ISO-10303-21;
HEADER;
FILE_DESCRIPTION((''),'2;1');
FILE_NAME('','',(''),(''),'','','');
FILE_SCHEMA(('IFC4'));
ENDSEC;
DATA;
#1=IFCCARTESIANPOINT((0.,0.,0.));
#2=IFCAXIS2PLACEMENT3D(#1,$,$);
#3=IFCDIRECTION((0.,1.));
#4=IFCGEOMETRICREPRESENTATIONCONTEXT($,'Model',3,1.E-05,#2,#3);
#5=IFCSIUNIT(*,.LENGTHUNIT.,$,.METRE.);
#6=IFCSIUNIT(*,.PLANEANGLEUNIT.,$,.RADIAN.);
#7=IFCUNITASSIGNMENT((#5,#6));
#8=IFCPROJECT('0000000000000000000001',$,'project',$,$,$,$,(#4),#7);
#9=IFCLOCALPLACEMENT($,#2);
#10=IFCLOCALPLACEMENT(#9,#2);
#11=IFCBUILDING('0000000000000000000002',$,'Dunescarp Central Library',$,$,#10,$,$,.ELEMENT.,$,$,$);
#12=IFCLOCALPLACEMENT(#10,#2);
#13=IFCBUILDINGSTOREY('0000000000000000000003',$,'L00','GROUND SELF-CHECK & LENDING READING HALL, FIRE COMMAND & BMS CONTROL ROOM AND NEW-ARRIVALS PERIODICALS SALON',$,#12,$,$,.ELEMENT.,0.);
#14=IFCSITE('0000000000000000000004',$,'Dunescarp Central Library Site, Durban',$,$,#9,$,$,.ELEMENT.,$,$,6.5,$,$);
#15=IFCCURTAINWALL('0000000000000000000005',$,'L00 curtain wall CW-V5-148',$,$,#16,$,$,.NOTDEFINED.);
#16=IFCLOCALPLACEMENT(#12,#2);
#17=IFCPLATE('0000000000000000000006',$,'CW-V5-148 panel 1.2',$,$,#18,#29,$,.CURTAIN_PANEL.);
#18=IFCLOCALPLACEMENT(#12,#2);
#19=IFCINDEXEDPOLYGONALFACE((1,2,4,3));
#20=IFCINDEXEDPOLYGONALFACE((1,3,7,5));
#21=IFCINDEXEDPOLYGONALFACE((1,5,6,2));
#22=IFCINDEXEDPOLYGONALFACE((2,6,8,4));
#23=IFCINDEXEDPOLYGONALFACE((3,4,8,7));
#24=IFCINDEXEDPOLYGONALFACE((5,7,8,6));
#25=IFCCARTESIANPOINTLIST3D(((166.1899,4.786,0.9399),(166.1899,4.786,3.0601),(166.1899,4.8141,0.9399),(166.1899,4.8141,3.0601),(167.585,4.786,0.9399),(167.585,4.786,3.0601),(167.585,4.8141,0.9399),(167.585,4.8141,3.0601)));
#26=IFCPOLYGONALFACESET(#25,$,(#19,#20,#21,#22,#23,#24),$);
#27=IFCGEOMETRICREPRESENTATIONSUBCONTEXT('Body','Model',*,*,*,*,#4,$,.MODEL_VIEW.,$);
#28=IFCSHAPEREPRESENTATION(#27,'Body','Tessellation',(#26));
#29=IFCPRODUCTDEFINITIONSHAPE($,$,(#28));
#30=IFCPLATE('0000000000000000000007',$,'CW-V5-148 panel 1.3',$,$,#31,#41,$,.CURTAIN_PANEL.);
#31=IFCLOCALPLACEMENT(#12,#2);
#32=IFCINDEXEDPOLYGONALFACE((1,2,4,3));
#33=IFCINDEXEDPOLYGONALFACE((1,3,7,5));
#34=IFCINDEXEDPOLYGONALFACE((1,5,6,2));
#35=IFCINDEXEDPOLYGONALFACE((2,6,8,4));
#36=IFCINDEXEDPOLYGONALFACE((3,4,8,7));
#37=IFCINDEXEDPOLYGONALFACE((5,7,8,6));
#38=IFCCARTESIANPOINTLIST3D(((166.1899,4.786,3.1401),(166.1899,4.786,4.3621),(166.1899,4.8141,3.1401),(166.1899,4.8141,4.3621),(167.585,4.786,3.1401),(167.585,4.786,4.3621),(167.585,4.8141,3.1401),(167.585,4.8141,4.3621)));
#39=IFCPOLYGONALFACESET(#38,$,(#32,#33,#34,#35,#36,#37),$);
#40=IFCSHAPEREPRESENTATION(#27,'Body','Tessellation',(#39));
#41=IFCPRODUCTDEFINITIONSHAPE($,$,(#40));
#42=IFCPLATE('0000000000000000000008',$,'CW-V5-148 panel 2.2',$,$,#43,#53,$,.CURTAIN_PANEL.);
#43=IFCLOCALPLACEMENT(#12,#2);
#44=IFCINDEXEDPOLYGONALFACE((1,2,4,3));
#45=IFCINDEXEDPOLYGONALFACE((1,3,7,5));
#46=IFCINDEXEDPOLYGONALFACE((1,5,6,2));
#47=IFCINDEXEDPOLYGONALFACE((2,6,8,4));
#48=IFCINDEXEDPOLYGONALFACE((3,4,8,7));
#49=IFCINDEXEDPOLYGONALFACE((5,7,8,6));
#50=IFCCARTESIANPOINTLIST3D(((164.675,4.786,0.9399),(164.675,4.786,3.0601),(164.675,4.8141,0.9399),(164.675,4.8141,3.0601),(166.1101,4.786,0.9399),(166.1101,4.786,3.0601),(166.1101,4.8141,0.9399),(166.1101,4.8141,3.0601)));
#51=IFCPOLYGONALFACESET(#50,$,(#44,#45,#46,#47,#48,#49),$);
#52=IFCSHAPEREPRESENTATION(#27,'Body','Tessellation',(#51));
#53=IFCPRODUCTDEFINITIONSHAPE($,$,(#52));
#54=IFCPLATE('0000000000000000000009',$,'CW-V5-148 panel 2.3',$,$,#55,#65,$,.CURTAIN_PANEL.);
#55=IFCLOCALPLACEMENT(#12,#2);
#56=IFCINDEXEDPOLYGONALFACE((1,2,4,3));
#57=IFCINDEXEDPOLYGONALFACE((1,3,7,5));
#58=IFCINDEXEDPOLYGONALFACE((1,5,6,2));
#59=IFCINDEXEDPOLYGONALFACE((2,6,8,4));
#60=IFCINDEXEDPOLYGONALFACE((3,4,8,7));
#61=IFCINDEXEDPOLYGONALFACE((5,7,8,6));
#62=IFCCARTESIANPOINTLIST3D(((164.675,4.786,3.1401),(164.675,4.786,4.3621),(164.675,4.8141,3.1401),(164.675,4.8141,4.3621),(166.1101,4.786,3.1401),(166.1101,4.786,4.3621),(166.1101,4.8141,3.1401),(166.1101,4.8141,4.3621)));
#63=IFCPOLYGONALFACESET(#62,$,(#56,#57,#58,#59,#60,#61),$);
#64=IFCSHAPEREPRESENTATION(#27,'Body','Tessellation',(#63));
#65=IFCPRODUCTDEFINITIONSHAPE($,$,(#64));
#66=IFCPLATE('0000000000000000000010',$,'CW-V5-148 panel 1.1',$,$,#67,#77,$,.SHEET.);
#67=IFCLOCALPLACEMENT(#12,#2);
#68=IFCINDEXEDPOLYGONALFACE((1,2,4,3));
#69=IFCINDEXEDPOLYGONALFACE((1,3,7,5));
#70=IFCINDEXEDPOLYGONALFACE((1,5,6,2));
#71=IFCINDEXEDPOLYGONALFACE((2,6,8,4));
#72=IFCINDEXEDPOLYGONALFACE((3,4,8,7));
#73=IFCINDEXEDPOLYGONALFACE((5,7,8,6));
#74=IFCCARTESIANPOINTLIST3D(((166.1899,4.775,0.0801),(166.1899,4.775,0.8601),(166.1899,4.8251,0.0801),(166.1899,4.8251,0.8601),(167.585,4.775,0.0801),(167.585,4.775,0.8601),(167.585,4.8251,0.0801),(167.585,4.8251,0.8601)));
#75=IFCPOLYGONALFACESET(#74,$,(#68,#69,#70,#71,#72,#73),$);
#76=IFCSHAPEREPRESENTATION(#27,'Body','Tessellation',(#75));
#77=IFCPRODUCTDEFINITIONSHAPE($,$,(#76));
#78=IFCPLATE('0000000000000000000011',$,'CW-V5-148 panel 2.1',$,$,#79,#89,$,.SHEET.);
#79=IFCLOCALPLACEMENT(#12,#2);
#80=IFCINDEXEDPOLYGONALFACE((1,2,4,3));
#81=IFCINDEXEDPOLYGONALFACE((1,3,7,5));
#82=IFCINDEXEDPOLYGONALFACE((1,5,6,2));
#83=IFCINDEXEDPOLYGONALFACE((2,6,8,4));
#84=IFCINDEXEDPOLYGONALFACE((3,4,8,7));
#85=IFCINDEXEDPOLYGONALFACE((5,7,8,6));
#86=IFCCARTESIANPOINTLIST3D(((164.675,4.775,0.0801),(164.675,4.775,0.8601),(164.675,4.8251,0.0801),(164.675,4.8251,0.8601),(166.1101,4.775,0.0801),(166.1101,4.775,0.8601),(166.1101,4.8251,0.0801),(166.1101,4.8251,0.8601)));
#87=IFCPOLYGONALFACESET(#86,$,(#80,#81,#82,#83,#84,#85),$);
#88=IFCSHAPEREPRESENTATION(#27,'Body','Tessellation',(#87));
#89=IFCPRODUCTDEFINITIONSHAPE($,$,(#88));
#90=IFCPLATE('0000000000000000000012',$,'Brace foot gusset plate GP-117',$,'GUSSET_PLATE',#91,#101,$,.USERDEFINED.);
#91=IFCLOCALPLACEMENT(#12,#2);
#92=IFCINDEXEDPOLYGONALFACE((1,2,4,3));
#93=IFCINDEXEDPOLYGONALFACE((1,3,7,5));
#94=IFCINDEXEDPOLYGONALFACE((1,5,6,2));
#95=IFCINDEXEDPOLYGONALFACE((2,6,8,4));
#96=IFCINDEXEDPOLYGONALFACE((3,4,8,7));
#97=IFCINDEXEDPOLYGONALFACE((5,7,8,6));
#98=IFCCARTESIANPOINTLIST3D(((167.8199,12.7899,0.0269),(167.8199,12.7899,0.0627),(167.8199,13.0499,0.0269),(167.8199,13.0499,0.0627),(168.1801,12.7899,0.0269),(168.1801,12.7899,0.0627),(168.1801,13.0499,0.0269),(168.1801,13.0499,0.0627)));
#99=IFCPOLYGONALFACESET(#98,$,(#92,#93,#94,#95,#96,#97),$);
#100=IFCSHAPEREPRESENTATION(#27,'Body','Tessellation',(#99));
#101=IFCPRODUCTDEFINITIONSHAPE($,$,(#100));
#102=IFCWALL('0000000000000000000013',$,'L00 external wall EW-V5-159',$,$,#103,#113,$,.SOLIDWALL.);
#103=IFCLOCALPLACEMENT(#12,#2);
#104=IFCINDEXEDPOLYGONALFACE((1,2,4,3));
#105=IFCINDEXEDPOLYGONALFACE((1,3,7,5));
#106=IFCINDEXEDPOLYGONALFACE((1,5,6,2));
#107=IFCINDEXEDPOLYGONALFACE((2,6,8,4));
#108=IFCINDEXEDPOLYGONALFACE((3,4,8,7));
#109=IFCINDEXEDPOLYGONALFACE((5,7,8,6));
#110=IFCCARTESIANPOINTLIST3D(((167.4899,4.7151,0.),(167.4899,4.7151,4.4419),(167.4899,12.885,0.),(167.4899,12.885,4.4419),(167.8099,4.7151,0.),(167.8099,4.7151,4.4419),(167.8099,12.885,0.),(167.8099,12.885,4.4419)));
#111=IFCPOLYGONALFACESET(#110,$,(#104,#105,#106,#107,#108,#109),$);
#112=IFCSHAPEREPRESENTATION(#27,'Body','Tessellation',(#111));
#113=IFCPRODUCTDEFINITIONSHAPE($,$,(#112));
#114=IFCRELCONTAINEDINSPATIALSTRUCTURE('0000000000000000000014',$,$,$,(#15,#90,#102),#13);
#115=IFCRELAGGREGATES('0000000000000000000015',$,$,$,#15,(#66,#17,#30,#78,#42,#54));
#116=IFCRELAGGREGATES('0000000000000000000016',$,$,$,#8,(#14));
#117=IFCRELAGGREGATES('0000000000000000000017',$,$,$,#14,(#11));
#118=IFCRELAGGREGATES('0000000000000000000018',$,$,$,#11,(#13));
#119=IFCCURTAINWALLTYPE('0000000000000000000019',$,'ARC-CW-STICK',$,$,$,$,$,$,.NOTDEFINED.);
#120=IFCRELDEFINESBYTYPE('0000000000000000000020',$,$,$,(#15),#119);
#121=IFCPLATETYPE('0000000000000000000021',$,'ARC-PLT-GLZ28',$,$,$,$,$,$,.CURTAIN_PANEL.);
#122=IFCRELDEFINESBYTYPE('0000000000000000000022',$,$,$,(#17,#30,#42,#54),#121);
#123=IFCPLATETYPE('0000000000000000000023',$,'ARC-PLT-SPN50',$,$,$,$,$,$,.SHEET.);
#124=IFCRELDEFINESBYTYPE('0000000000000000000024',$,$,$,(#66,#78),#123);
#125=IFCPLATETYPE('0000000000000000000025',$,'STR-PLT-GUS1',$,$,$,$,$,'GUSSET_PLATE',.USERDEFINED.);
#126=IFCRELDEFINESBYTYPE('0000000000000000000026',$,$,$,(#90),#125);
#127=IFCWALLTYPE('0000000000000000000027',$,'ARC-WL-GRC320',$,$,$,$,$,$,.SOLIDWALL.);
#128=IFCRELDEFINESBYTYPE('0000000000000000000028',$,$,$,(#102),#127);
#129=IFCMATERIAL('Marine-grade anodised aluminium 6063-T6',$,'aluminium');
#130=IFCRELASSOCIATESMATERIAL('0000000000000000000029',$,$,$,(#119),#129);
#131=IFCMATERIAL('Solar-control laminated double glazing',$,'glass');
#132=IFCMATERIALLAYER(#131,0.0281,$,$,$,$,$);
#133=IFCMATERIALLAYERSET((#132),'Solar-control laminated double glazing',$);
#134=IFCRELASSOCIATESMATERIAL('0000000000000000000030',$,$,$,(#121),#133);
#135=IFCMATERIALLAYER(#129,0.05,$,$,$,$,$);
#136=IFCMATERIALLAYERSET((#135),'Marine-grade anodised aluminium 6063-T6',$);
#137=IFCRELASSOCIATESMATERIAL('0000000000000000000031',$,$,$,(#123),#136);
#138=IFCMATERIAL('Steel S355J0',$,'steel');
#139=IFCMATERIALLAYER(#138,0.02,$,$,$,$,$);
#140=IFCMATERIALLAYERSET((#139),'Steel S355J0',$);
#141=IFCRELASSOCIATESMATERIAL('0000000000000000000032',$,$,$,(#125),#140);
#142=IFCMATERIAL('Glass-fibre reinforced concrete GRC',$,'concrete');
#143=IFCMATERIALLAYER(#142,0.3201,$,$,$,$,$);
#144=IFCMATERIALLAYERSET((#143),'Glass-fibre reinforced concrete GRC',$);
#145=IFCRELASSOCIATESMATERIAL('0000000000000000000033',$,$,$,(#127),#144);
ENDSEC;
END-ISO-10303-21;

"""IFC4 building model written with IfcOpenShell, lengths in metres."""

from ifc_helpers import new_model, si_unit, direction, frame, frame_2d, origin, origin_2d, place, context, subcontext, project, spatial, rectangle, extrude, material, layer, layer_set, type_object, element, aggregate, save


model = new_model("IFC4")

# Units and contexts
model_context = context("Model", 3, precision=1e-05, world=origin(), true_north=direction((0.0, 1.0)))
body_context = subcontext(model_context, "Body", "Model", "MODEL_VIEW")
ifc_project = project(units=[si_unit("LENGTHUNIT", "METRE"), si_unit("PLANEANGLEUNIT", "RADIAN")], contexts=[model_context])

# Site, building, storey
site_placement = place(None, origin())
site = spatial("IfcSite", under=ifc_project, at=site_placement, Name="Dunescarp Central Library Site, Durban", CompositionType="ELEMENT", RefElevation=6.5)
building_placement = place(site_placement, origin())
building = spatial("IfcBuilding", under=site, at=building_placement, Name="Dunescarp Central Library", CompositionType="ELEMENT")
storey_placement = place(building_placement, origin())
storey = spatial("IfcBuildingStorey", under=building, at=storey_placement, Name="L00", Description="GROUND SELF-CHECK & LENDING READING HALL, FIRE COMMAND & BMS CONTROL ROOM AND NEW-ARRIVALS PERIODICALS SALON", CompositionType="ELEMENT", Elevation=0.0)

# Curtain wall
ifc_material_1 = material(Name="Marine-grade anodised aluminium 6063-T6", Category="aluminium")
curtain_wall_type = type_object("IfcCurtainWallType", Name="ARC-CW-STICK", PredefinedType="NOTDEFINED", material=ifc_material_1)
curtain_wall_placement = place(storey_placement, origin())
curtain_wall = element("IfcCurtainWall", 1, at=curtain_wall_placement, inside=storey, type_object=curtain_wall_type, Name="L00 curtain wall CW-V5-148", PredefinedType="NOTDEFINED")

# Shared definitions
ifc_material_2 = material(Name="Steel S355J0", Category="steel")

# Plates
ifc_material_3 = material(Name="Solar-control laminated double glazing", Category="glass")
ifc_layer_1 = layer(ifc_material_3, 0.0281)
ifc_layer_set_1 = layer_set([ifc_layer_1], Name="Solar-control laminated double glazing")
plate_type_1 = type_object("IfcPlateType", Name="ARC-PLT-GLZ28", PredefinedType="CURTAIN_PANEL", material=ifc_layer_set_1)
plate_1_placement = place(storey_placement, frame((166.8875, 4.8, 0.9399), z_axis=(0.0, 0.0, 1.0), x_axis=(-1.0, 0.0, 0.0)))
plate_1 = element("IfcPlate", 2, at=plate_1_placement, type_object=plate_type_1, Name="CW-V5-148 panel 1.2", PredefinedType="CURTAIN_PANEL", context=body_context, shape_type="SweptSolid", body=[
    extrude(rectangle(XDim=1.395, YDim=0.0281, at=origin_2d()), origin(), (0.0, 0.0, 1.0), 2.1201),
])
plate_2_placement = place(storey_placement, frame((166.8875, 4.8, 3.1401), z_axis=(0.0, 0.0, 1.0), x_axis=(-1.0, 0.0, 0.0)))
plate_2 = element("IfcPlate", 3, at=plate_2_placement, type_object=plate_type_1, Name="CW-V5-148 panel 1.3", PredefinedType="CURTAIN_PANEL", context=body_context, shape_type="SweptSolid", body=[
    extrude(rectangle(XDim=1.395, YDim=0.0281, at=origin_2d()), origin(), (0.0, 0.0, 1.0), 1.2219),
])
plate_3_placement = place(storey_placement, frame((165.3926, 4.8, 0.9399), z_axis=(0.0, 0.0, 1.0), x_axis=(-1.0, 0.0, 0.0)))
plate_3 = element("IfcPlate", 4, at=plate_3_placement, type_object=plate_type_1, Name="CW-V5-148 panel 2.2", PredefinedType="CURTAIN_PANEL", context=body_context, shape_type="SweptSolid", body=[
    extrude(rectangle(XDim=1.4351, YDim=0.0281, at=origin_2d()), origin(), (0.0, 0.0, 1.0), 2.1201),
])
plate_4_placement = place(storey_placement, frame((165.3926, 4.8, 3.1401), z_axis=(0.0, 0.0, 1.0), x_axis=(-1.0, 0.0, 0.0)))
plate_4 = element("IfcPlate", 5, at=plate_4_placement, type_object=plate_type_1, Name="CW-V5-148 panel 2.3", PredefinedType="CURTAIN_PANEL", context=body_context, shape_type="SweptSolid", body=[
    extrude(rectangle(XDim=1.4351, YDim=0.0281, at=origin_2d()), origin(), (0.0, 0.0, 1.0), 1.2219),
])
ifc_layer_2 = layer(ifc_material_1, 0.05)
ifc_layer_set_2 = layer_set([ifc_layer_2], Name="Marine-grade anodised aluminium 6063-T6")
plate_type_2 = type_object("IfcPlateType", Name="ARC-PLT-SPN50", PredefinedType="SHEET", material=ifc_layer_set_2)
plate_5_placement = place(storey_placement, frame((166.8875, 4.8, 0.0801), z_axis=(0.0, 0.0, 1.0), x_axis=(-1.0, 0.0, 0.0)))
plate_5 = element("IfcPlate", 6, at=plate_5_placement, type_object=plate_type_2, Name="CW-V5-148 panel 1.1", PredefinedType="SHEET", context=body_context, shape_type="SweptSolid", body=[
    extrude(rectangle(XDim=1.395, YDim=0.05, at=origin_2d()), origin(), (0.0, 0.0, 1.0), 0.78),
])
plate_6_placement = place(storey_placement, frame((165.3926, 4.8, 0.0801), z_axis=(0.0, 0.0, 1.0), x_axis=(-1.0, 0.0, 0.0)))
plate_6 = element("IfcPlate", 7, at=plate_6_placement, type_object=plate_type_2, Name="CW-V5-148 panel 2.1", PredefinedType="SHEET", context=body_context, shape_type="SweptSolid", body=[
    extrude(rectangle(XDim=1.4351, YDim=0.05, at=origin_2d()), origin(), (0.0, 0.0, 1.0), 0.78),
])
aggregate(curtain_wall, [plate_5, plate_1, plate_2, plate_6, plate_3, plate_4])
ifc_layer_3 = layer(ifc_material_2, 0.02)
ifc_layer_set_3 = layer_set([ifc_layer_3], Name="Steel S355J0")
plate_type_3 = type_object("IfcPlateType", Name="STR-PLT-GUS1", ElementType="GUSSET_PLATE", PredefinedType="USERDEFINED", material=ifc_layer_set_3)
plate_7_placement = place(storey_placement, frame((168.0, 12.9199, 0.0269), z_axis=(0.0, 0.0, 1.0), x_axis=(1.0, 0.0, 0.0)))
element("IfcPlate", 8, at=plate_7_placement, inside=storey, type_object=plate_type_3, Name="Brace foot gusset plate GP-117", ObjectType="GUSSET_PLATE", PredefinedType="USERDEFINED", context=body_context, shape_type="SweptSolid", body=[
    extrude(rectangle(XDim=0.3601, YDim=0.26, at=origin_2d()), origin(), (0.0, 0.0, 1.0), 0.0359),
])

# Wall
ifc_material_4 = material(Name="Glass-fibre reinforced concrete GRC", Category="concrete")
ifc_layer_4 = layer(ifc_material_4, 0.3201)
ifc_layer_set_4 = layer_set([ifc_layer_4], Name="Glass-fibre reinforced concrete GRC")
wall_type = type_object("IfcWallType", Name="ARC-WL-GRC320", PredefinedType="SOLIDWALL", material=ifc_layer_set_4)
wall_placement = place(storey_placement, frame((167.6499, 12.885, 0.0), z_axis=(0.0, 0.0, 1.0), x_axis=(0.0, -1.0, 0.0)))
element("IfcWall", 9, at=wall_placement, inside=storey, type_object=wall_type, Name="L00 external wall EW-V5-159", PredefinedType="SOLIDWALL", context=body_context, shape_type="SweptSolid", body=[
    extrude(rectangle(XDim=8.1699, YDim=0.3201, at=frame_2d((4.085, 0.0))), origin(), (0.0, 0.0, 1.0), 4.4419),
])

save(model, "model.ifc")
